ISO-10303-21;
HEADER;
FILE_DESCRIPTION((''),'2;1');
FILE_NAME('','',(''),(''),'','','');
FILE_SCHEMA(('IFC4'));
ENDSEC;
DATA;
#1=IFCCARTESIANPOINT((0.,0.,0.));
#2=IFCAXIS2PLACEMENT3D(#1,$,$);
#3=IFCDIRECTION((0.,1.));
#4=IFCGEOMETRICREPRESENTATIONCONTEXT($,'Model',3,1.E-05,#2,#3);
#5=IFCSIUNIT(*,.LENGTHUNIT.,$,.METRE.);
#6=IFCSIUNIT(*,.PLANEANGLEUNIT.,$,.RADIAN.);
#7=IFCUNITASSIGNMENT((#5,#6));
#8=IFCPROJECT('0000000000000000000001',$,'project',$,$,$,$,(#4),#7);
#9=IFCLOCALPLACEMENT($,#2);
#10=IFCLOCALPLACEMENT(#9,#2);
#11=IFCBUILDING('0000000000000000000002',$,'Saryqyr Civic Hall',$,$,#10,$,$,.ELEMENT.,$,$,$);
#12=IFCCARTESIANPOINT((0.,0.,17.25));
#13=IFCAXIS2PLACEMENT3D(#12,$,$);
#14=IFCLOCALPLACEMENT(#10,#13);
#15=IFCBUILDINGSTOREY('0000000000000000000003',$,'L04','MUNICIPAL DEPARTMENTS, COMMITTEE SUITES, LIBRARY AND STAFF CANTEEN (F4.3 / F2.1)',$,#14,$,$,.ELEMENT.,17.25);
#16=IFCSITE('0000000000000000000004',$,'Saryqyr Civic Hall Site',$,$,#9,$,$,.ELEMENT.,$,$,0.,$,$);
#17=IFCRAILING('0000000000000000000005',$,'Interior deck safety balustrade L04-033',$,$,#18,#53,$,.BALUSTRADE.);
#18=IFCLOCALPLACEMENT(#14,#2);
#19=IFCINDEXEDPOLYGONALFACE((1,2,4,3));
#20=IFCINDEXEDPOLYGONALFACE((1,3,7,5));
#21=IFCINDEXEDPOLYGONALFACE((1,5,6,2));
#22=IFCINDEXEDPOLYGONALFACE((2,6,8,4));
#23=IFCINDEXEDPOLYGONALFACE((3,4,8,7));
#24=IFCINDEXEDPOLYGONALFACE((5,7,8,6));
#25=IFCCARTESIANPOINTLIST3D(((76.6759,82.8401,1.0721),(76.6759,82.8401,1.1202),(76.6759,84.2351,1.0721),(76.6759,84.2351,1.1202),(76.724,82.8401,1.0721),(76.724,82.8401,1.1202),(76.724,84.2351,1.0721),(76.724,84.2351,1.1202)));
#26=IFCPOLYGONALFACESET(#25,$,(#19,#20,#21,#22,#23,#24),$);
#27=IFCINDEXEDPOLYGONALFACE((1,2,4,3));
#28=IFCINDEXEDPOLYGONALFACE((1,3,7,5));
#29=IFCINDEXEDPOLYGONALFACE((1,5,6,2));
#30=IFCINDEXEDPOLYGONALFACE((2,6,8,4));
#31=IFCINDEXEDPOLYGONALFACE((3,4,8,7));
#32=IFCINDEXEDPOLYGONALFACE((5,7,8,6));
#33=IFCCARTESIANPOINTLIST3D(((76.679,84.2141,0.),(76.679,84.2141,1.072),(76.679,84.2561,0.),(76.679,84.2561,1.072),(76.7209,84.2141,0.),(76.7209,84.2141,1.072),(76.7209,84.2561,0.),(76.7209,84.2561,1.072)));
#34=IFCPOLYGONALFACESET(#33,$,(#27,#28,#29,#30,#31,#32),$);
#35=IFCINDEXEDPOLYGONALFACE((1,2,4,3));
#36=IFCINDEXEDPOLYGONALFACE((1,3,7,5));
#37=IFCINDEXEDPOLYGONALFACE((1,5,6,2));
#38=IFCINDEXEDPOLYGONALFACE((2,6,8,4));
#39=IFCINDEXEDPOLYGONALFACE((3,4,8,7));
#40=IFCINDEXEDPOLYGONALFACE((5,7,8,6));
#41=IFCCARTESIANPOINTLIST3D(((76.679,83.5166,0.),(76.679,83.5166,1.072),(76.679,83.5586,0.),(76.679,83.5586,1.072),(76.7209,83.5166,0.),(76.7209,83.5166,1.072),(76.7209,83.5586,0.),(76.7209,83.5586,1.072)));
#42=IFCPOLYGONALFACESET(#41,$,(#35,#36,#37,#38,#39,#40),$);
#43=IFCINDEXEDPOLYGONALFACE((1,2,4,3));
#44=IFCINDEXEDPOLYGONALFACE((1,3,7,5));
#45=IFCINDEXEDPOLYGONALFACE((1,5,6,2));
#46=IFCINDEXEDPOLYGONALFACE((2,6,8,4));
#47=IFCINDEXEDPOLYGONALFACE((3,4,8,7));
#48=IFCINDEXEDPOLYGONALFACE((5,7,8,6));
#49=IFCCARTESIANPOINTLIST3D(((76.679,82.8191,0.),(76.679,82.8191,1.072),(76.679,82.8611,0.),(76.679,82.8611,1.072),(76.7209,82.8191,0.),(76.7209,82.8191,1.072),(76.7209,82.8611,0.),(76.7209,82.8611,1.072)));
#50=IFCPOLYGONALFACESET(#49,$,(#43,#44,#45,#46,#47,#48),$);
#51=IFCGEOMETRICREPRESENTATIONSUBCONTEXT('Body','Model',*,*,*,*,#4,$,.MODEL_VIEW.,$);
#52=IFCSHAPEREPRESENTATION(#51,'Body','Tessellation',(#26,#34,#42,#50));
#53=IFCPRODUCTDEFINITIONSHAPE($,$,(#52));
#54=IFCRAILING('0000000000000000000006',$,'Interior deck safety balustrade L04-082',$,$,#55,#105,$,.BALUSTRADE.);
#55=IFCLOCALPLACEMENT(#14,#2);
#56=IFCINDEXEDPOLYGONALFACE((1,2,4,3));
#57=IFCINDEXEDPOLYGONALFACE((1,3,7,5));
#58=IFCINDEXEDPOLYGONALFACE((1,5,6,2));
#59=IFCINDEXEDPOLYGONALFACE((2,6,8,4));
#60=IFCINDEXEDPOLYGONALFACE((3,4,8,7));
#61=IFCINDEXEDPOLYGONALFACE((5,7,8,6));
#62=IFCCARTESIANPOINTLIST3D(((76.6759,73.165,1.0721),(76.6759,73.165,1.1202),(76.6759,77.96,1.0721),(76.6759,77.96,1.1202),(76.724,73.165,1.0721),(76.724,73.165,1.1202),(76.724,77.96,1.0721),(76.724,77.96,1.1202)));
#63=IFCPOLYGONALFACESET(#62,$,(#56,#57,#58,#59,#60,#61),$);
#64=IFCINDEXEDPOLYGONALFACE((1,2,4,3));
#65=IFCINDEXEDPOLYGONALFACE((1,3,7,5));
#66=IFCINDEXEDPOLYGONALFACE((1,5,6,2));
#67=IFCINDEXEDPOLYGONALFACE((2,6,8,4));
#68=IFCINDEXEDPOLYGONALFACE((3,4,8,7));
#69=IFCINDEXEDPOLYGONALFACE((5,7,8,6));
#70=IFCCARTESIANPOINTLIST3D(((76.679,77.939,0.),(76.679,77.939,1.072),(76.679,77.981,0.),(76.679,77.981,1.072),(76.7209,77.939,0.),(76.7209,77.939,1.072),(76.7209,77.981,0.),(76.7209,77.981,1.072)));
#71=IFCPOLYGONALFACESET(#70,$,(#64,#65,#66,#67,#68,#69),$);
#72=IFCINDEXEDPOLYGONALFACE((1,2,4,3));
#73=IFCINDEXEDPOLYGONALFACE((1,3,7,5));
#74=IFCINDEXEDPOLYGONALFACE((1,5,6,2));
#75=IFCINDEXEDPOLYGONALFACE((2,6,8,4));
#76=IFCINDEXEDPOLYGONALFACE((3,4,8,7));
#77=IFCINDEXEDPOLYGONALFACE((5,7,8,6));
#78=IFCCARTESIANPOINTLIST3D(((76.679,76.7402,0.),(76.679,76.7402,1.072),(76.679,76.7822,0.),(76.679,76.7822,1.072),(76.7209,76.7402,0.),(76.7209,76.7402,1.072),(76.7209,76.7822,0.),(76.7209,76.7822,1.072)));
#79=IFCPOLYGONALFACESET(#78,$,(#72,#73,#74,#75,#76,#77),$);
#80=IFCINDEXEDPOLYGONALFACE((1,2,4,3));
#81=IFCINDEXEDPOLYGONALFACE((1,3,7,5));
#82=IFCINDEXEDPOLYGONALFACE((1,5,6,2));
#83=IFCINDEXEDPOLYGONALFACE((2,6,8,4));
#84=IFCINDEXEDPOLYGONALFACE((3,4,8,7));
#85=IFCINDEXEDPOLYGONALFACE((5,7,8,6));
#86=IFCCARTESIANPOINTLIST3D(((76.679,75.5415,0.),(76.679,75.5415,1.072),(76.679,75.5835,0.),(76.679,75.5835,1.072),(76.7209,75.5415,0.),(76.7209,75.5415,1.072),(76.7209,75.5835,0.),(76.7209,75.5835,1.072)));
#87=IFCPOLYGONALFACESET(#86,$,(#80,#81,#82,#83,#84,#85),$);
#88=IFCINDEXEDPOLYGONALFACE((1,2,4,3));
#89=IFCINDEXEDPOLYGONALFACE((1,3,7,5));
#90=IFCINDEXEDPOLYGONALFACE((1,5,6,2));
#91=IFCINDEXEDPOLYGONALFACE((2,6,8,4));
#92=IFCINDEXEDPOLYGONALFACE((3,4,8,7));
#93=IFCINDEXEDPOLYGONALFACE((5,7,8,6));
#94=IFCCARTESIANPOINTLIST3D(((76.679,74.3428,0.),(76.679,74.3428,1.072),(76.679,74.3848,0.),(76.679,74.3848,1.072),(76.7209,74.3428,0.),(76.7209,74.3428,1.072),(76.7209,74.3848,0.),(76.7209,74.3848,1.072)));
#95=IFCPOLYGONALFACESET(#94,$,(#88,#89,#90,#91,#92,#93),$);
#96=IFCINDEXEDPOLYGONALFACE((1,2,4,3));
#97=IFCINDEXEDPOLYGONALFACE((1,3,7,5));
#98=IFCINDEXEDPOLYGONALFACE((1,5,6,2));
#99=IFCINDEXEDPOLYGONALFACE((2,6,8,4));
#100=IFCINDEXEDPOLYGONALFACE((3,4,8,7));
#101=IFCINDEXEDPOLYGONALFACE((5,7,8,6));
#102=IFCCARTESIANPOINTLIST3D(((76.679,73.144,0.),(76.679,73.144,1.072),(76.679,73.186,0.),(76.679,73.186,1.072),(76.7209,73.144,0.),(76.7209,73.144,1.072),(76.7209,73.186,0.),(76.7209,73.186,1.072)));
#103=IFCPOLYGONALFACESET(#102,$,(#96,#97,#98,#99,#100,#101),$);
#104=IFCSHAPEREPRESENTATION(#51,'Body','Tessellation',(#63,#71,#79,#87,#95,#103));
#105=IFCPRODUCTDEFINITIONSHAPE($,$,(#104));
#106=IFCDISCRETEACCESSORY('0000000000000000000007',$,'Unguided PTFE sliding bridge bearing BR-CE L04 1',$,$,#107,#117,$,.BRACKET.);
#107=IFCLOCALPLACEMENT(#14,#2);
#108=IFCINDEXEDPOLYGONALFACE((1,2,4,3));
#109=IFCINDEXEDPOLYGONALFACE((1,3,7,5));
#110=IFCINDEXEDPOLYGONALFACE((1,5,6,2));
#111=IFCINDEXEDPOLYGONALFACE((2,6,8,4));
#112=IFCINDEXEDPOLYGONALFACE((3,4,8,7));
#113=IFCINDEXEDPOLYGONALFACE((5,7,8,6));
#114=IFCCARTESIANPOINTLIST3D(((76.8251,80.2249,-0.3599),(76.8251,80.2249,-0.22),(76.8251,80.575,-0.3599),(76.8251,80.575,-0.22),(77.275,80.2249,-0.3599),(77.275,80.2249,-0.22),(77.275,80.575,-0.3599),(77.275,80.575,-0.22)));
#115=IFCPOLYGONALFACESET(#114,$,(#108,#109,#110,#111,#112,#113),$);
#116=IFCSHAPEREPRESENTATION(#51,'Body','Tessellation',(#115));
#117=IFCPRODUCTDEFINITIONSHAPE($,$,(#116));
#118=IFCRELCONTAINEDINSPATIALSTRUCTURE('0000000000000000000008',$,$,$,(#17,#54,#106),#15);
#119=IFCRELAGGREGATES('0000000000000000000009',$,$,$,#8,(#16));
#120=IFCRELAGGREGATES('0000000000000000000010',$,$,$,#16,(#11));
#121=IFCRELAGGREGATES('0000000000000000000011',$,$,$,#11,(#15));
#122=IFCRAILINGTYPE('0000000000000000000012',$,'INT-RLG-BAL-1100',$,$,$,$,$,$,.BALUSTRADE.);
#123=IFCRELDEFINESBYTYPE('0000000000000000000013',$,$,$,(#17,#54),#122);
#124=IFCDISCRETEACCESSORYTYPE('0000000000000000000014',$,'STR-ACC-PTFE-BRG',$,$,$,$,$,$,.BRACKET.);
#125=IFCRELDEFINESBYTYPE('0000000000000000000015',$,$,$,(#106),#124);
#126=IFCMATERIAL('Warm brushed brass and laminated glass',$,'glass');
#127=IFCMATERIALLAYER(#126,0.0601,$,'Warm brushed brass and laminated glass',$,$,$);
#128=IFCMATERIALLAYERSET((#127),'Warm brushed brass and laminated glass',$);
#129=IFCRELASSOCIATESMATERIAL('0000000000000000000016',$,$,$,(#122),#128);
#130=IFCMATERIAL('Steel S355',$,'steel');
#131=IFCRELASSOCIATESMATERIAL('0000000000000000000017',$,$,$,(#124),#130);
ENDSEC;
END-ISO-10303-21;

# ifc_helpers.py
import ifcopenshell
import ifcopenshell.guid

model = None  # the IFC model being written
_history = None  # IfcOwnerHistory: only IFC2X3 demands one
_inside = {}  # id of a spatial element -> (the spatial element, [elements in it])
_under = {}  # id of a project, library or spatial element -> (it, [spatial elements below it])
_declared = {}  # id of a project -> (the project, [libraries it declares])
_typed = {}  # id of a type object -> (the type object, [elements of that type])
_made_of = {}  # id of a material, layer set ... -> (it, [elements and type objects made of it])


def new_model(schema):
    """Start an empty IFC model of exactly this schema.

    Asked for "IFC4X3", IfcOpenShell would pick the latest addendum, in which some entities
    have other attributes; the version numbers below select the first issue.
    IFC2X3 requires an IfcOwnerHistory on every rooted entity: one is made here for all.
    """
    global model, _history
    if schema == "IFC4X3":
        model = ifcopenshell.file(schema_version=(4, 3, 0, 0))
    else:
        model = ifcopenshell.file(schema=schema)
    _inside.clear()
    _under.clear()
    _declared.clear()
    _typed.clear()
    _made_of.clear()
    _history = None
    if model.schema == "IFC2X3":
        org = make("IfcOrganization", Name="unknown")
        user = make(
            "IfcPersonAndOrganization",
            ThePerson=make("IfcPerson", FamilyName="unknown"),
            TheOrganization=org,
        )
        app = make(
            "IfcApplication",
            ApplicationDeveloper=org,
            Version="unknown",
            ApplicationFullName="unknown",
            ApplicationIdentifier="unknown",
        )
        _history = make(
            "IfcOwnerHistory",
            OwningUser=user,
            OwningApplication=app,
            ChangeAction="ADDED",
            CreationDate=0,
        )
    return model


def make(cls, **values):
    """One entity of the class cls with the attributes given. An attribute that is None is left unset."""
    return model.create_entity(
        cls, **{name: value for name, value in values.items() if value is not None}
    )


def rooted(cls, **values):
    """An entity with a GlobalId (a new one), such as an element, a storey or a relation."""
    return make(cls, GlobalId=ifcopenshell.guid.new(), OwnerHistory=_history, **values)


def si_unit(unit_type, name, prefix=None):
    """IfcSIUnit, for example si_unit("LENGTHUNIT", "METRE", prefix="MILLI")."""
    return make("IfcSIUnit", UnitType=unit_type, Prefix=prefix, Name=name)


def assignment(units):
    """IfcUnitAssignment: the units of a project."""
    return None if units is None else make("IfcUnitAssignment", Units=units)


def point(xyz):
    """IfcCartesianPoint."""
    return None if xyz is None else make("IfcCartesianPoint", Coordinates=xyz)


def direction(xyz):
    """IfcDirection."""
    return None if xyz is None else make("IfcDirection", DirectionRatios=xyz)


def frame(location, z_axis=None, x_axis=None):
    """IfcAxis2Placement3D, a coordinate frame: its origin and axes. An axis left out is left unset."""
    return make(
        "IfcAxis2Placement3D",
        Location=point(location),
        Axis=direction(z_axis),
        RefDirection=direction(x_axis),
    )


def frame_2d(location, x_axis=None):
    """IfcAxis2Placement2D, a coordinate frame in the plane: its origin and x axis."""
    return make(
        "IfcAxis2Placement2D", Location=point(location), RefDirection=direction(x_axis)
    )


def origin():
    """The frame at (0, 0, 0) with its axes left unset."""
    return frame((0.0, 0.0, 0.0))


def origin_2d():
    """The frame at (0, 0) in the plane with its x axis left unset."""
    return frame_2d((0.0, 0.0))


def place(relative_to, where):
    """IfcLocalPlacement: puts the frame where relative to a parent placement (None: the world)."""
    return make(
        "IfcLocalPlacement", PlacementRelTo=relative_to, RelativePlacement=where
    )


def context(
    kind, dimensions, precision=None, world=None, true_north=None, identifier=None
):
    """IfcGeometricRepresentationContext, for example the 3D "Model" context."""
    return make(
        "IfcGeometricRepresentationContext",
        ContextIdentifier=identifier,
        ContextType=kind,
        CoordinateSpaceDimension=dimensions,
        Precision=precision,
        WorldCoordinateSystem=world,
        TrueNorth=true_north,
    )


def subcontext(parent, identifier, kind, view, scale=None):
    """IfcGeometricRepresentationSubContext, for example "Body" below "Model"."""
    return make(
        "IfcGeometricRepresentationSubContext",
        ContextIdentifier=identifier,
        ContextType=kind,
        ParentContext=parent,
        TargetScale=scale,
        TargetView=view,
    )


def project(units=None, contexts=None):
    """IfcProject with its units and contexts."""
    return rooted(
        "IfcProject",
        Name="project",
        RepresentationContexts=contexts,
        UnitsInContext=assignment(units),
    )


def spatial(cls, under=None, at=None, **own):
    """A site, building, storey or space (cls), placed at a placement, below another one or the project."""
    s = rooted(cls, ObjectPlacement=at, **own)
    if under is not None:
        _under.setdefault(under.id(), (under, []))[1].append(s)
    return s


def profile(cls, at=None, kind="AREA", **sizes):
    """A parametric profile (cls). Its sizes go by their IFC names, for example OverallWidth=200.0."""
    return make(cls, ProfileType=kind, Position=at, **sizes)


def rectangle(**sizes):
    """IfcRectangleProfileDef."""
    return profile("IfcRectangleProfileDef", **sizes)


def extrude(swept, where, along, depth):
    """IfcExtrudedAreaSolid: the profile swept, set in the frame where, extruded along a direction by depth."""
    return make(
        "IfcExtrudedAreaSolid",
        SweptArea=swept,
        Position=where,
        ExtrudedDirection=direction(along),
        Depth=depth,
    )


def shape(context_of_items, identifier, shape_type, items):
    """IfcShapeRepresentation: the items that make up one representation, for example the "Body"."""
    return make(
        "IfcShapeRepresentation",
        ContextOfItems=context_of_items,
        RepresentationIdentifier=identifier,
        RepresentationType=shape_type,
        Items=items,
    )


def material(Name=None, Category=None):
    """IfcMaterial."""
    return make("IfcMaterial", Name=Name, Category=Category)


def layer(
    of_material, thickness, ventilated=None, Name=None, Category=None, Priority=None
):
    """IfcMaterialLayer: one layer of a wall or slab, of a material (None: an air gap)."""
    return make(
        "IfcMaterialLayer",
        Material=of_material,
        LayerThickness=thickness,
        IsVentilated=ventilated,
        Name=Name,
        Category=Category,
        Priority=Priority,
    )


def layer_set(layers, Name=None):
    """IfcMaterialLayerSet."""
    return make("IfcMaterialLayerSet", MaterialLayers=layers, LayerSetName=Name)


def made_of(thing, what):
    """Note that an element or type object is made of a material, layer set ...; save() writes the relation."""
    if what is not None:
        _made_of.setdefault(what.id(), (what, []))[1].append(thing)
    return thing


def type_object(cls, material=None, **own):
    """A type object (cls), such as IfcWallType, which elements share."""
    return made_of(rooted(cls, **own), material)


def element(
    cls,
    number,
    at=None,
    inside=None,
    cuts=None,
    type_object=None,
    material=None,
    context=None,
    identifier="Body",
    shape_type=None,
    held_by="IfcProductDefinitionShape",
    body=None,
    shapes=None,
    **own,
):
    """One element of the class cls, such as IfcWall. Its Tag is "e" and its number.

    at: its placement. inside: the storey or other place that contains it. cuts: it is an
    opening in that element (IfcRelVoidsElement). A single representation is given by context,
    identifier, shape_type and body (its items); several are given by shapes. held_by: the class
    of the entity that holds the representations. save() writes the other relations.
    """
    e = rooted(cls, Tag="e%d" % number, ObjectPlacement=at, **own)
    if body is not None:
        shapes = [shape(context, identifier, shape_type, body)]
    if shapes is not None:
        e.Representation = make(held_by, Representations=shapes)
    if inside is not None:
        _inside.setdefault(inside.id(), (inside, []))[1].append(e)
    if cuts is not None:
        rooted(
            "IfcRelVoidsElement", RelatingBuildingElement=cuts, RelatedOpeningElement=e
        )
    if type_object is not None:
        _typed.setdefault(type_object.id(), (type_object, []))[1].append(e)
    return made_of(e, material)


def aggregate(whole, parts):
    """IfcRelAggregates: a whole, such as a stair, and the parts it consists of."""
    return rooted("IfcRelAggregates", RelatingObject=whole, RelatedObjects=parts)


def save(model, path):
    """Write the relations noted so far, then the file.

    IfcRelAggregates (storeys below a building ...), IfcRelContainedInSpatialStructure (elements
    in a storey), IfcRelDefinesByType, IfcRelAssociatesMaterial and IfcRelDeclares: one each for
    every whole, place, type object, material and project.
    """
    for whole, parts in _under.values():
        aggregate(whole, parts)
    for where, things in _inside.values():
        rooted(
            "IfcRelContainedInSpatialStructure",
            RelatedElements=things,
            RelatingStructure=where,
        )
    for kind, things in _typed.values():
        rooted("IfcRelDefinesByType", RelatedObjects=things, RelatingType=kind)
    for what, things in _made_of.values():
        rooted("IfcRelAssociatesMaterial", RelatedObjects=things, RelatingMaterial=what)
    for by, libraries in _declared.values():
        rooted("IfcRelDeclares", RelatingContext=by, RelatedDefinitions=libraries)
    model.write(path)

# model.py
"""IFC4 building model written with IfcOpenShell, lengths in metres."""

from ifc_helpers import new_model, si_unit, direction, frame, origin, origin_2d, place, context, subcontext, project, spatial, rectangle, extrude, material, layer, layer_set, type_object, element, save


model = new_model("IFC4")

# Units and contexts
model_context = context("Model", 3, precision=1e-05, world=origin(), true_north=direction((0.0, 1.0)))
body_context = subcontext(model_context, "Body", "Model", "MODEL_VIEW")
ifc_project = project(units=[si_unit("LENGTHUNIT", "METRE"), si_unit("PLANEANGLEUNIT", "RADIAN")], contexts=[model_context])

# Site, building, storey
site_placement = place(None, origin())
site = spatial("IfcSite", under=ifc_project, at=site_placement, Name="Saryqyr Civic Hall Site", CompositionType="ELEMENT", RefElevation=0.0)
building_placement = place(site_placement, origin())
building = spatial("IfcBuilding", under=site, at=building_placement, Name="Saryqyr Civic Hall", CompositionType="ELEMENT")
storey_placement = place(building_placement, frame((0.0, 0.0, 17.25)))
storey = spatial("IfcBuildingStorey", under=building, at=storey_placement, Name="L04", Description="MUNICIPAL DEPARTMENTS, COMMITTEE SUITES, LIBRARY AND STAFF CANTEEN (F4.3 / F2.1)", CompositionType="ELEMENT", Elevation=17.25)

# Shared definitions
ifc_material_1 = material(Name="Steel S355", Category="steel")

# Railings
ifc_material_2 = material(Name="Warm brushed brass and laminated glass", Category="glass")
ifc_layer_1 = layer(ifc_material_2, 0.0601, Name="Warm brushed brass and laminated glass")
ifc_layer_set_1 = layer_set([ifc_layer_1], Name="Warm brushed brass and laminated glass")
railing_type = type_object("IfcRailingType", Name="INT-RLG-BAL-1100", PredefinedType="BALUSTRADE", material=ifc_layer_set_1)
railing_1_placement = place(storey_placement, frame((76.7, 84.2351, 0.0)))
element("IfcRailing", 1, at=railing_1_placement, inside=storey, type_object=railing_type, Name="Interior deck safety balustrade L04-033", PredefinedType="BALUSTRADE", context=body_context, shape_type="SweptSolid", body=[
    extrude(rectangle(XDim=0.0481, YDim=0.0481, at=origin_2d()), frame((0.0, 0.0, 1.0962), z_axis=(0.0, -1.0, 0.0), x_axis=(1.0, 0.0, 0.0)), (0.0, 0.0, 1.0), 1.395),
    extrude(rectangle(XDim=0.042, YDim=0.042, at=origin_2d()), origin(), (0.0, 0.0, 1.0), 1.072),
    extrude(rectangle(XDim=0.042, YDim=0.042, at=origin_2d()), frame((0.0, -0.6975, 0.0)), (0.0, 0.0, 1.0), 1.072),
    extrude(rectangle(XDim=0.042, YDim=0.042, at=origin_2d()), frame((0.0, -1.395, 0.0)), (0.0, 0.0, 1.0), 1.072),
])
railing_2_placement = place(storey_placement, frame((76.7, 77.96, 0.0)))
element("IfcRailing", 2, at=railing_2_placement, inside=storey, type_object=railing_type, Name="Interior deck safety balustrade L04-082", PredefinedType="BALUSTRADE", context=body_context, shape_type="SweptSolid", body=[
    extrude(rectangle(XDim=0.0481, YDim=0.0481, at=origin_2d()), frame((0.0, 0.0, 1.0962), z_axis=(0.0, -1.0, 0.0), x_axis=(1.0, 0.0, 0.0)), (0.0, 0.0, 1.0), 4.7949),
    extrude(rectangle(XDim=0.042, YDim=0.042, at=origin_2d()), origin(), (0.0, 0.0, 1.0), 1.072),
    extrude(rectangle(XDim=0.042, YDim=0.042, at=origin_2d()), frame((0.0, -1.1987, 0.0)), (0.0, 0.0, 1.0), 1.072),
    extrude(rectangle(XDim=0.042, YDim=0.042, at=origin_2d()), frame((0.0, -2.3975, 0.0)), (0.0, 0.0, 1.0), 1.072),
    extrude(rectangle(XDim=0.042, YDim=0.042, at=origin_2d()), frame((0.0, -3.5962, 0.0)), (0.0, 0.0, 1.0), 1.072),
    extrude(rectangle(XDim=0.042, YDim=0.042, at=origin_2d()), frame((0.0, -4.7949, 0.0)), (0.0, 0.0, 1.0), 1.072),
])

# Discrete accessory
discrete_accessory_type = type_object("IfcDiscreteAccessoryType", Name="STR-ACC-PTFE-BRG", PredefinedType="BRACKET", material=ifc_material_1)
discrete_accessory_placement = place(storey_placement, frame((77.05, 80.3999, -0.3599), z_axis=(0.0, 0.0, 1.0), x_axis=(1.0, 0.0, 0.0)))
element("IfcDiscreteAccessory", 3, at=discrete_accessory_placement, inside=storey, type_object=discrete_accessory_type, Name="Unguided PTFE sliding bridge bearing BR-CE L04 1", PredefinedType="BRACKET", context=body_context, shape_type="SweptSolid", body=[
    extrude(rectangle(XDim=0.45, YDim=0.3501, at=origin_2d()), origin(), (0.0, 0.0, 1.0), 0.1399),
])

save(model, "model.ifc")
